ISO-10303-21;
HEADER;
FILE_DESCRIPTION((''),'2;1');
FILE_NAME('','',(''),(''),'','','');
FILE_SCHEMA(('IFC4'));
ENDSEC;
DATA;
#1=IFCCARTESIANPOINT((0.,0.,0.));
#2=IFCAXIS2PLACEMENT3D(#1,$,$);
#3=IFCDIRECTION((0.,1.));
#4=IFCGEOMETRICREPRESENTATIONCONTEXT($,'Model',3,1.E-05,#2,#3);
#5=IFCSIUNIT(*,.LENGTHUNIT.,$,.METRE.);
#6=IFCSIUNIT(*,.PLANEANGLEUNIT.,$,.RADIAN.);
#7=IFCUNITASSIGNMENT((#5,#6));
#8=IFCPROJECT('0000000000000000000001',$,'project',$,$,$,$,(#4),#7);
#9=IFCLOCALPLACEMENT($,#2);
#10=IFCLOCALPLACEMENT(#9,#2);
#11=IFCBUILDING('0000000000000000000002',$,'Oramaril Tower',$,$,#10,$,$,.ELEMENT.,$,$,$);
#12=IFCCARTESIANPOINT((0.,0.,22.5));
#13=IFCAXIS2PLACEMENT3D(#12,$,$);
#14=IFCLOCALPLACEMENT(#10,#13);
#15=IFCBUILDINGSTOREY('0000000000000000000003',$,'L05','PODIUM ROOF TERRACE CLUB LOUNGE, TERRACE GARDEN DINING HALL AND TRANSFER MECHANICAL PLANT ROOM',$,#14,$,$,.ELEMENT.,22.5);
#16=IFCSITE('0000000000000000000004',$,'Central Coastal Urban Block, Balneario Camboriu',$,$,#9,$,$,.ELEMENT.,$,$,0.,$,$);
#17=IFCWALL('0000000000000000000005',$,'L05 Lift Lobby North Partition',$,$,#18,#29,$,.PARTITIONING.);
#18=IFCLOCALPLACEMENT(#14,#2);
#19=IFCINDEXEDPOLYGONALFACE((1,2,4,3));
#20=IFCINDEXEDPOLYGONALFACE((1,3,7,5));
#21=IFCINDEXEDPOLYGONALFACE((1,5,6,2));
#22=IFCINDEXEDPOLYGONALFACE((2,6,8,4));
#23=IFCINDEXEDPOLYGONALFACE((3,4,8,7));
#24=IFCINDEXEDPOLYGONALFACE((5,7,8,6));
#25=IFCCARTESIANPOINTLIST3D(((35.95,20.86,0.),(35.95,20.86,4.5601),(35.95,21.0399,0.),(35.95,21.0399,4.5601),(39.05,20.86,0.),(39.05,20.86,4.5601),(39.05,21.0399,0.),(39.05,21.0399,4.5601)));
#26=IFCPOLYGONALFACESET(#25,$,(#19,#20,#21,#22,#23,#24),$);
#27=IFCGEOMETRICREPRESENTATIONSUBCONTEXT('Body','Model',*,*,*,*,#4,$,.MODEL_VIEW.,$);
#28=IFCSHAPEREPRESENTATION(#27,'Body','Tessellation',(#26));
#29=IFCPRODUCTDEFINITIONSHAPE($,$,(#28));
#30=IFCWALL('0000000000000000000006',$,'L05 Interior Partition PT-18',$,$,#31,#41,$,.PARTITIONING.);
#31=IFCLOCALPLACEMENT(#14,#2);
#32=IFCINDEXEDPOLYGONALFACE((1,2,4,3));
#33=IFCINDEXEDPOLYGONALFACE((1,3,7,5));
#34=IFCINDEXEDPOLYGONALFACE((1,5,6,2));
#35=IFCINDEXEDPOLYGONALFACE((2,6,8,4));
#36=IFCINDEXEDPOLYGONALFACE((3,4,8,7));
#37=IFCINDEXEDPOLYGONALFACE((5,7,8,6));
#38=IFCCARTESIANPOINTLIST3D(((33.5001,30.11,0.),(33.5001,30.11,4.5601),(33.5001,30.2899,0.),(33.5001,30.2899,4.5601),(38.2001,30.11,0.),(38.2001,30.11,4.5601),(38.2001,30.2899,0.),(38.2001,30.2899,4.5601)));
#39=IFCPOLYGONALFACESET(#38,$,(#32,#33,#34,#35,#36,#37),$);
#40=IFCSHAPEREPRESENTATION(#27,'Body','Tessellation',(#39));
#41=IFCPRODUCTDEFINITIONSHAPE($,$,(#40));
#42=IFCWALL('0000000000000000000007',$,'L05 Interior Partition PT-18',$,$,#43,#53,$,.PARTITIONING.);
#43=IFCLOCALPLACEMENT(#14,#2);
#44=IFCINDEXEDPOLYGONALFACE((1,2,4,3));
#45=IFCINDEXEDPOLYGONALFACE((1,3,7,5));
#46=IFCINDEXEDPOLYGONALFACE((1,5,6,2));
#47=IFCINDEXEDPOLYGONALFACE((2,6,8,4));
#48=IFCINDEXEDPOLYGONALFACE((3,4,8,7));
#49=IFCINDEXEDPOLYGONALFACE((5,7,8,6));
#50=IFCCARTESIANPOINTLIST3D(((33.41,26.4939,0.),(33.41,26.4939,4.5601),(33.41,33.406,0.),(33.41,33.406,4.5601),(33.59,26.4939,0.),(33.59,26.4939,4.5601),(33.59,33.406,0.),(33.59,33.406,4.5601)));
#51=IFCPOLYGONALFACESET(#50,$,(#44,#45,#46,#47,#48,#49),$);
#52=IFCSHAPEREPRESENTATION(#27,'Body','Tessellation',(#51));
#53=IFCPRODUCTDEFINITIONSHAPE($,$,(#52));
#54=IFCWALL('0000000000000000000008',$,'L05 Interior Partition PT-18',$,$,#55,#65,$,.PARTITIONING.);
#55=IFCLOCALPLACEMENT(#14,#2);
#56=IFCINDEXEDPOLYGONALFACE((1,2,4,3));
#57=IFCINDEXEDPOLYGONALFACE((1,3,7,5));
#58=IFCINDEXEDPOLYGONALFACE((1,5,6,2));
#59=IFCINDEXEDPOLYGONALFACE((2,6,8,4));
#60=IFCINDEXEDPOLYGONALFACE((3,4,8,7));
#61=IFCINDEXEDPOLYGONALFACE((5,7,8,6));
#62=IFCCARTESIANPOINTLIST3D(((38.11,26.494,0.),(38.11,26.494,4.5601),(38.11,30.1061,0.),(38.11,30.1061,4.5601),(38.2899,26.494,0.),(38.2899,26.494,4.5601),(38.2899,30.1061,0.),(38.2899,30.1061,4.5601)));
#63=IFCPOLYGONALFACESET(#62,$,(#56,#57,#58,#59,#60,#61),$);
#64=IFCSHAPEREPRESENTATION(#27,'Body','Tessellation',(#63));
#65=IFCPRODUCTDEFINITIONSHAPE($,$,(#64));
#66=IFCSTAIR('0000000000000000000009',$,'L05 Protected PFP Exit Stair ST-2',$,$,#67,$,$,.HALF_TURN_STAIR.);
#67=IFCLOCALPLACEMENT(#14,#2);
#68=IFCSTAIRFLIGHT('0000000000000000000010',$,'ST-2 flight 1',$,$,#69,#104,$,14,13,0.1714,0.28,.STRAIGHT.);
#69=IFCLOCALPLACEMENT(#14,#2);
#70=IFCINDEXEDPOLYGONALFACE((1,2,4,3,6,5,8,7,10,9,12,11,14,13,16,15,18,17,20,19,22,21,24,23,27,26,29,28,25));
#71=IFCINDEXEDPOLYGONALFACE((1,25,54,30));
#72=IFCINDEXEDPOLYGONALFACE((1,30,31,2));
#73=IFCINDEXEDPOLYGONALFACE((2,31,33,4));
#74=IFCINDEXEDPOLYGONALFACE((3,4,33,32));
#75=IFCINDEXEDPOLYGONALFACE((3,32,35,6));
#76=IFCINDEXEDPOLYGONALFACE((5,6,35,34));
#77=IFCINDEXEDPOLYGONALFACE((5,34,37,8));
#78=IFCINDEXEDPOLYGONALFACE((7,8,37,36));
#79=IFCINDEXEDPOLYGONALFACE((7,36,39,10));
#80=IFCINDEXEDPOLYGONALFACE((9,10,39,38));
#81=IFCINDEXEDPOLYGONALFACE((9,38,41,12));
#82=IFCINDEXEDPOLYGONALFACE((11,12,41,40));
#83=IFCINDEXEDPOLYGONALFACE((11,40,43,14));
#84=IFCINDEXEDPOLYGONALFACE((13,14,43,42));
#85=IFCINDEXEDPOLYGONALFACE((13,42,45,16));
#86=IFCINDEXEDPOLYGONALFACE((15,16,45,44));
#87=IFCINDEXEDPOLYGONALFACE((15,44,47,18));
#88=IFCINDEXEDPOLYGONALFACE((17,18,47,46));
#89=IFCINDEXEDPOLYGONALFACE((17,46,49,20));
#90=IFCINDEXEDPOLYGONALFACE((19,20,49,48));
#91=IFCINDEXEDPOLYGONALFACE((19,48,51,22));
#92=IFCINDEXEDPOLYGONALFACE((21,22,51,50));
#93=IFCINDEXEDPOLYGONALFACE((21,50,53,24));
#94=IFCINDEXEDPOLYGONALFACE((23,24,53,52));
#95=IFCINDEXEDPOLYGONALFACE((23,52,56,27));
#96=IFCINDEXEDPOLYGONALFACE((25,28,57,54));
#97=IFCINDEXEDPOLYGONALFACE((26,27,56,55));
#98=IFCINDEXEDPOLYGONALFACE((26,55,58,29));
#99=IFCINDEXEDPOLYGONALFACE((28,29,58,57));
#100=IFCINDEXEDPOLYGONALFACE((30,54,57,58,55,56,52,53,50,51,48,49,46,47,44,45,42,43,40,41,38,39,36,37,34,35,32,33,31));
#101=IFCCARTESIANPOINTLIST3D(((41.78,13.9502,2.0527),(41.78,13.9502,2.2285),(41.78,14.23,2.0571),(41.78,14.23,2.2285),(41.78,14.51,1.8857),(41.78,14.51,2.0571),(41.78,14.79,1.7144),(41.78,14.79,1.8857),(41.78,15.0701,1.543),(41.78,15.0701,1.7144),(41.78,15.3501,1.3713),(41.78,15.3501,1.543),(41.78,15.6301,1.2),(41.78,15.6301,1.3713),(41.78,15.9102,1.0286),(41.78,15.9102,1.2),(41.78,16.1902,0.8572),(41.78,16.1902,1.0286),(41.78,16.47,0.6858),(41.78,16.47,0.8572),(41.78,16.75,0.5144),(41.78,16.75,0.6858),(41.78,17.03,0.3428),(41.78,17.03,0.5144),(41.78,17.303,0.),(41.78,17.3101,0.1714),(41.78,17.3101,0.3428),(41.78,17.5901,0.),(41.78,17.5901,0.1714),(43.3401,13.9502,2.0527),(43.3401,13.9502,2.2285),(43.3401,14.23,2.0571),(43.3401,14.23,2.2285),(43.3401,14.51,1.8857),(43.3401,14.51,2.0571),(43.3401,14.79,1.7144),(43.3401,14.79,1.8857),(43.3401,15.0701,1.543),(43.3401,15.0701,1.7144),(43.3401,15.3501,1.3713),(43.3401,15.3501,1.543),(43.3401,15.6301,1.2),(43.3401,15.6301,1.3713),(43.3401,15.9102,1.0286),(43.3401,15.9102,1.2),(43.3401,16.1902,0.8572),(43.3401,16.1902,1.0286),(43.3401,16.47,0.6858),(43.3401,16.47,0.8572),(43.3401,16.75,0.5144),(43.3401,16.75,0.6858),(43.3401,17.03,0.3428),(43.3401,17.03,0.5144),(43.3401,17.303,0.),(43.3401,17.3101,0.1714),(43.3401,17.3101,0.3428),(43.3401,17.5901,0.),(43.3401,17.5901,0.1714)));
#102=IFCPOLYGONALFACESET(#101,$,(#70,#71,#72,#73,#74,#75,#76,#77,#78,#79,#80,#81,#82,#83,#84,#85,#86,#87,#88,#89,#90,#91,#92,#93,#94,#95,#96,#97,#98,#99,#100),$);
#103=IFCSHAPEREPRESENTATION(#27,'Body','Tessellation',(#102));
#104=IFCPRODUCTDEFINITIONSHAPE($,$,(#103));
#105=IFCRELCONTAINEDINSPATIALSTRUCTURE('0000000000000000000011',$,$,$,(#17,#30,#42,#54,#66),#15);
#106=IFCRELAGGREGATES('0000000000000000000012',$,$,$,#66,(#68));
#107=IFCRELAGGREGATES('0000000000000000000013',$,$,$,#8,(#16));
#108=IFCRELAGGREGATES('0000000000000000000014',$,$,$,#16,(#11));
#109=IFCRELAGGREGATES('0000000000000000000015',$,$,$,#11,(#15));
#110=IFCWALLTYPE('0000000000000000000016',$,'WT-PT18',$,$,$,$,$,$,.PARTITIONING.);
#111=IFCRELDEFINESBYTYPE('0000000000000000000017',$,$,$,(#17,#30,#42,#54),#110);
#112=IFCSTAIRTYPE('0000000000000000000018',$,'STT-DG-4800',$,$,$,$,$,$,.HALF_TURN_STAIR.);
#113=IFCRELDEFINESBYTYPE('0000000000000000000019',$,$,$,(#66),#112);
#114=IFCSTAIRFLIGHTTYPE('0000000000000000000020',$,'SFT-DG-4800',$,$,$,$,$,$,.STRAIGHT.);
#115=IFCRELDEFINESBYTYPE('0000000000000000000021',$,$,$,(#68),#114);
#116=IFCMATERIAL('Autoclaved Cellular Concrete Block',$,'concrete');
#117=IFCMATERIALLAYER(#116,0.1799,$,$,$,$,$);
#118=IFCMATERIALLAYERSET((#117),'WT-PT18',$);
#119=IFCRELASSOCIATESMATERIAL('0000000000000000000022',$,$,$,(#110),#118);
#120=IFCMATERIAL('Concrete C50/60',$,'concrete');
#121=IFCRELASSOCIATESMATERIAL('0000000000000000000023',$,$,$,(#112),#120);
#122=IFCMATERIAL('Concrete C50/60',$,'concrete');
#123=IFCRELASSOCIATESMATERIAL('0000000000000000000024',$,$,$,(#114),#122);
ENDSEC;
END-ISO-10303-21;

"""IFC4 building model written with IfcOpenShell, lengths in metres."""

from ifc_helpers import new_model, si_unit, direction, frame, frame_2d, origin, place, context, subcontext, project, spatial, polyline, rectangle, outline, extrude, material, layer, layer_set, type_object, element, aggregate, save


model = new_model("IFC4")

# Units and contexts
model_context = context("Model", 3, precision=1e-05, world=origin(), true_north=direction((0.0, 1.0)))
body_context = subcontext(model_context, "Body", "Model", "MODEL_VIEW")
ifc_project = project(units=[si_unit("LENGTHUNIT", "METRE"), si_unit("PLANEANGLEUNIT", "RADIAN")], contexts=[model_context])

# Site, building, storey
site_placement = place(None, origin())
site = spatial("IfcSite", under=ifc_project, at=site_placement, Name="Central Coastal Urban Block, Balneario Camboriu", CompositionType="ELEMENT", RefElevation=0.0)
building_placement = place(site_placement, origin())
building = spatial("IfcBuilding", under=site, at=building_placement, Name="Oramaril Tower", CompositionType="ELEMENT")
storey_placement = place(building_placement, frame((0.0, 0.0, 22.5)))
storey = spatial("IfcBuildingStorey", under=building, at=storey_placement, Name="L05", Description="PODIUM ROOF TERRACE CLUB LOUNGE, TERRACE GARDEN DINING HALL AND TRANSFER MECHANICAL PLANT ROOM", CompositionType="ELEMENT", Elevation=22.5)

# Walls
ifc_material_1 = material(Name="Autoclaved Cellular Concrete Block", Category="concrete")
ifc_layer_1 = layer(ifc_material_1, 0.1799)
ifc_layer_set_1 = layer_set([ifc_layer_1], Name="WT-PT18")
wall_type_1 = type_object("IfcWallType", Name="WT-PT18", PredefinedType="PARTITIONING", material=ifc_layer_set_1)
wall_1_placement = place(storey_placement, frame((35.95, 20.95, 0.0), z_axis=(0.0, 0.0, 1.0), x_axis=(1.0, 0.0, 0.0)))
element("IfcWall", 1, at=wall_1_placement, inside=storey, type_object=wall_type_1, Name="L05 Lift Lobby North Partition", PredefinedType="PARTITIONING", context=body_context, shape_type="SweptSolid", body=[
    extrude(rectangle(XDim=3.1001, YDim=0.1799, at=frame_2d((1.55, 0.0))), origin(), (0.0, 0.0, 1.0), 4.5601),
])
wall_2_placement = place(storey_placement, frame((33.5, 30.2, 0.0), z_axis=(0.0, 0.0, 1.0), x_axis=(1.0, 0.0, 0.0)))
element("IfcWall", 2, at=wall_2_placement, inside=storey, type_object=wall_type_1, Name="L05 Interior Partition PT-18", PredefinedType="PARTITIONING", context=body_context, shape_type="SweptSolid", body=[
    extrude(rectangle(XDim=4.7, YDim=0.1799, at=frame_2d((2.3501, 0.0))), origin(), (0.0, 0.0, 1.0), 4.5601),
])
wall_3_placement = place(storey_placement, frame((33.5, 26.4939, 0.0), z_axis=(0.0, 0.0, 1.0), x_axis=(0.0, 1.0, 0.0)))
element("IfcWall", 3, at=wall_3_placement, inside=storey, type_object=wall_type_1, Name="L05 Interior Partition PT-18", PredefinedType="PARTITIONING", context=body_context, shape_type="SweptSolid", body=[
    extrude(rectangle(XDim=6.9121, YDim=0.1799, at=frame_2d((3.4561, 0.0))), origin(), (0.0, 0.0, 1.0), 4.5601),
])
wall_4_placement = place(storey_placement, frame((38.2, 26.4939, 0.0), z_axis=(0.0, 0.0, 1.0), x_axis=(0.0, 1.0, 0.0)))
element("IfcWall", 4, at=wall_4_placement, inside=storey, type_object=wall_type_1, Name="L05 Interior Partition PT-18", PredefinedType="PARTITIONING", context=body_context, shape_type="SweptSolid", body=[
    extrude(rectangle(XDim=3.6121, YDim=0.1799, at=frame_2d((1.8062, 0.0))), origin(), (0.0, 0.0, 1.0), 4.5601),
])

# Stair, stair flight
ifc_material_2 = material(Name="Concrete C50/60", Category="concrete")
stair_type = type_object("IfcStairType", Name="STT-DG-4800", PredefinedType="HALF_TURN_STAIR", material=ifc_material_2)
stair_placement = place(storey_placement, origin())
stair = element("IfcStair", 5, at=stair_placement, inside=storey, type_object=stair_type, Name="L05 Protected PFP Exit Stair ST-2", PredefinedType="HALF_TURN_STAIR")
ifc_material_3 = material(Name="Concrete C50/60", Category="concrete")
stair_flight_type = type_object("IfcStairFlightType", Name="SFT-DG-4800", PredefinedType="STRAIGHT", material=ifc_material_3)
stair_flight_placement = place(storey_placement, frame((42.5601, 17.5901, 0.0), z_axis=(0.0, 0.0, 1.0), x_axis=(0.0, -1.0, 0.0)))
stair_flight = element("IfcStairFlight", 6, at=stair_flight_placement, type_object=stair_flight_type, Name="ST-2 flight 1", NumberOfRisers=14, NumberOfTreads=13, PredefinedType="STRAIGHT", RiserHeight=0.1714, TreadLength=0.28, context=body_context, shape_type="SweptSolid", body=[
    extrude(outline(polyline([(0.0, 0.0), (0.0, 0.1714), (0.28, 0.1714), (0.28, 0.3428), (0.5601, 0.3428), (0.5601, 0.5144), (0.8401, 0.5144), (0.8401, 0.6858), (1.1201, 0.6858), (1.1201, 0.8572), (1.3999, 0.8572), (1.3999, 1.0286), (1.6799, 1.0286), (1.6799, 1.2), (1.96, 1.2), (1.96, 1.3713), (2.24, 1.3713), (2.24, 1.543), (2.52, 1.543), (2.52, 1.7144), (2.8, 1.7144), (2.8, 1.8857), (3.0801, 1.8857), (3.0801, 2.0571), (3.3601, 2.0571), (3.3601, 2.2285), (3.6399, 2.2285), (3.6399, 2.3999), (3.6399, 2.0527), (0.2871, 0.0), (0.0, 0.0)])), frame((0.0, 0.78, 0.0), z_axis=(0.0, -1.0, 0.0), x_axis=(1.0, 0.0, 0.0)), (0.0, 0.0, 1.0), 1.5601),
])
aggregate(stair, [stair_flight])

save(model, "model.ifc")
